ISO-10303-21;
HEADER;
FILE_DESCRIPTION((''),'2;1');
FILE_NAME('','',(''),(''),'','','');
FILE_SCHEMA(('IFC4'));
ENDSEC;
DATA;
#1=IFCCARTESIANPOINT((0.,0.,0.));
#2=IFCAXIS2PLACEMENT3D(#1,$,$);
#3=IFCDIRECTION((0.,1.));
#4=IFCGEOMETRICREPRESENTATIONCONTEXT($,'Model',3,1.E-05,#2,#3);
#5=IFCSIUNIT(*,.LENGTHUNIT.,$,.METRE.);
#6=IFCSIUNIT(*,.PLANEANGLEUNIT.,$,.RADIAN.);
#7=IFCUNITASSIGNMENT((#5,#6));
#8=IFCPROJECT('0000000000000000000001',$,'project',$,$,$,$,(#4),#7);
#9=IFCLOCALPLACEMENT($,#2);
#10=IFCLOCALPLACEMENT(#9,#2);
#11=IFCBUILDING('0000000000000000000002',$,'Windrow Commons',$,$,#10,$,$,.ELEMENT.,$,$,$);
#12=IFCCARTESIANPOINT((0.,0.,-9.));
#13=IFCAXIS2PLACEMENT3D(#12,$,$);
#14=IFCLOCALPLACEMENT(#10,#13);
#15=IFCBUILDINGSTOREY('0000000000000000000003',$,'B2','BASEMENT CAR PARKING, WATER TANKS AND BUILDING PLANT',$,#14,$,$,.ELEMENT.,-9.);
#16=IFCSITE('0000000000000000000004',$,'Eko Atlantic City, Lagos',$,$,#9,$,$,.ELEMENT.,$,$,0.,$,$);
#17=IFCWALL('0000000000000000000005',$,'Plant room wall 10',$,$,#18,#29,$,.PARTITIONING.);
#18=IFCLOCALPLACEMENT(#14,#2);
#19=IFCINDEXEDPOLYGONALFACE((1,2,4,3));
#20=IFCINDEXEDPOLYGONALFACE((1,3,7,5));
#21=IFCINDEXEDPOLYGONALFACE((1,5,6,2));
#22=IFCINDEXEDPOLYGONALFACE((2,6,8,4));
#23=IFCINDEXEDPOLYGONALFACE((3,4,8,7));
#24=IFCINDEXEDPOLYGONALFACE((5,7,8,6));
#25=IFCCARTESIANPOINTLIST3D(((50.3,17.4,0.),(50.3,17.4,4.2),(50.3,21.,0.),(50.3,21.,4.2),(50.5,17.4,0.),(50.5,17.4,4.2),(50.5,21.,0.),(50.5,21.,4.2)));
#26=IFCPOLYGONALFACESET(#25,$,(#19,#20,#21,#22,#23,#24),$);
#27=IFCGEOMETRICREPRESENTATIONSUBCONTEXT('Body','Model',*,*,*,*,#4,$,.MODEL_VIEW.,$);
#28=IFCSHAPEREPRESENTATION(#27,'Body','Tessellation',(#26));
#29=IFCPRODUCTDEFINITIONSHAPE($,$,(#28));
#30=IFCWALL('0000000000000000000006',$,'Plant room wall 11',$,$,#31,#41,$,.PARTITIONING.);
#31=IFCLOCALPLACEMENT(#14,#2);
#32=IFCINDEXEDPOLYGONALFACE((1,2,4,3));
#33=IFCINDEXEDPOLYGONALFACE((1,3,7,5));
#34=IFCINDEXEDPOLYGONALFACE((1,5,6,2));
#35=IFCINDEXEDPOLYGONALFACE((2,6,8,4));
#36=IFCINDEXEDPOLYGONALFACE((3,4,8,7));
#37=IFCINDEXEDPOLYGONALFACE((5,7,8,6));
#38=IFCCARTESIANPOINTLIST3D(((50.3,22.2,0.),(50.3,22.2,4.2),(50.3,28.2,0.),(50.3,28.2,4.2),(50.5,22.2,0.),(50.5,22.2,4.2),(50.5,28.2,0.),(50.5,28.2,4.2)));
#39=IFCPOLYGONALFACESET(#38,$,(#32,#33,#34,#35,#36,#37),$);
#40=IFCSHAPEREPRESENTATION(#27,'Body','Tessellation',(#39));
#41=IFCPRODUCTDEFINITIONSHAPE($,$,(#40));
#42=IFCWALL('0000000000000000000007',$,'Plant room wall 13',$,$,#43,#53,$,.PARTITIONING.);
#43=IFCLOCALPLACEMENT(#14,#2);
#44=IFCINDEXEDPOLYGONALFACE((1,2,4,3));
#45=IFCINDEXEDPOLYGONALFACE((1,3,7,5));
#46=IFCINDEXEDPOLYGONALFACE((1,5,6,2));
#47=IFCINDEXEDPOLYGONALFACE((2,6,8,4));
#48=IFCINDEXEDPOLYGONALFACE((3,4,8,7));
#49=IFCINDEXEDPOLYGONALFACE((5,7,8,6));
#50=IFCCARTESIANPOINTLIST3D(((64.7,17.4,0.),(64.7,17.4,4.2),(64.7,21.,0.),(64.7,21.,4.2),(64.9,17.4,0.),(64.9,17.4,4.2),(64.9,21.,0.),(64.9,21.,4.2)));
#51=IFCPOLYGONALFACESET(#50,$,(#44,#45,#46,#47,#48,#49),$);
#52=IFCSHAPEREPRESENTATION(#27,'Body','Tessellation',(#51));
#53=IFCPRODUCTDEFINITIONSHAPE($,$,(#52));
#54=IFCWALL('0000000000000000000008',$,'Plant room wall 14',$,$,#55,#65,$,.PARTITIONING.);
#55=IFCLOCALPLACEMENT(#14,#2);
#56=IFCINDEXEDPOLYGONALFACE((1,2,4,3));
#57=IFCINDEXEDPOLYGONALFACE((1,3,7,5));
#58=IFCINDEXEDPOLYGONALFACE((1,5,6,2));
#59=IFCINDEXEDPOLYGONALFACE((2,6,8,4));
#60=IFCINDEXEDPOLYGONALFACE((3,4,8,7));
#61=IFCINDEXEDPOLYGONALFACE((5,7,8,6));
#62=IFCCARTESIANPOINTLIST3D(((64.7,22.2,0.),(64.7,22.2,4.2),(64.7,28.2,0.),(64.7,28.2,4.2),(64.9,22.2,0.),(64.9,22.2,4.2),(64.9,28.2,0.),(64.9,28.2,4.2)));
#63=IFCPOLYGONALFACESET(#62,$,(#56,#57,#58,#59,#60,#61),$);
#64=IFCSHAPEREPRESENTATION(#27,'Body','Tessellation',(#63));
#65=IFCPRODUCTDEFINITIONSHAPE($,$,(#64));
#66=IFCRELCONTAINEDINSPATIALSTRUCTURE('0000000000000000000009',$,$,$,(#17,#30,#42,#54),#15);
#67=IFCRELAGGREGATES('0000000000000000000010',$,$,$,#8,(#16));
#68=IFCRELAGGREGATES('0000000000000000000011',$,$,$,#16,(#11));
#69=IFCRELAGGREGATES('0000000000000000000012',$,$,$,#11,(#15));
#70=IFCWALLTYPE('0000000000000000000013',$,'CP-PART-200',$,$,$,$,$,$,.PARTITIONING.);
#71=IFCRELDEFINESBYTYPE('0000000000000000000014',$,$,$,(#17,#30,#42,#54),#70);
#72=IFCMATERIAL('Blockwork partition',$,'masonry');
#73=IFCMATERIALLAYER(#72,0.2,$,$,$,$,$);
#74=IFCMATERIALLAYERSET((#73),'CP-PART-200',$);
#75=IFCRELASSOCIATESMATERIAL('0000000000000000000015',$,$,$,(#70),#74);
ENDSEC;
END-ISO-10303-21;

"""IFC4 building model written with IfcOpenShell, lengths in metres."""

from ifc_helpers import new_model, si_unit, direction, frame, frame_2d, origin, place, context, subcontext, project, spatial, rectangle, extrude, material, layer, layer_set, type_object, element, save


model = new_model("IFC4")

# Units and contexts
model_context = context("Model", 3, precision=1e-05, world=origin(), true_north=direction((0.0, 1.0)))
body_context = subcontext(model_context, "Body", "Model", "MODEL_VIEW")
ifc_project = project(units=[si_unit("LENGTHUNIT", "METRE"), si_unit("PLANEANGLEUNIT", "RADIAN")], contexts=[model_context])

# Site, building, storey
site_placement = place(None, origin())
site = spatial("IfcSite", under=ifc_project, at=site_placement, Name="Eko Atlantic City, Lagos", CompositionType="ELEMENT", RefElevation=0.0)
building_placement = place(site_placement, origin())
building = spatial("IfcBuilding", under=site, at=building_placement, Name="Windrow Commons", CompositionType="ELEMENT")
storey_placement = place(building_placement, frame((0.0, 0.0, -9.0)))
storey = spatial("IfcBuildingStorey", under=building, at=storey_placement, Name="B2", Description="BASEMENT CAR PARKING, WATER TANKS AND BUILDING PLANT", CompositionType="ELEMENT", Elevation=-9.0)

# Walls
ifc_material_1 = material(Name="Blockwork partition", Category="masonry")
ifc_layer = layer(ifc_material_1, 0.2)
ifc_layer_set = layer_set([ifc_layer], Name="CP-PART-200")
wall_type = type_object("IfcWallType", Name="CP-PART-200", PredefinedType="PARTITIONING", material=ifc_layer_set)
wall_1_placement = place(storey_placement, frame((50.4, 17.4, 0.0), z_axis=(0.0, 0.0, 1.0), x_axis=(0.0, 1.0, 0.0)))
element("IfcWall", 1, at=wall_1_placement, inside=storey, type_object=wall_type, Name="Plant room wall 10", PredefinedType="PARTITIONING", context=body_context, shape_type="SweptSolid", body=[
    extrude(rectangle(XDim=3.6, YDim=0.2, at=frame_2d((1.8, 0.0))), origin(), (0.0, 0.0, 1.0), 4.2),
])
wall_2_placement = place(storey_placement, frame((50.4, 22.2, 0.0), z_axis=(0.0, 0.0, 1.0), x_axis=(0.0, 1.0, 0.0)))
element("IfcWall", 2, at=wall_2_placement, inside=storey, type_object=wall_type, Name="Plant room wall 11", PredefinedType="PARTITIONING", context=body_context, shape_type="SweptSolid", body=[
    extrude(rectangle(XDim=6.0, YDim=0.2, at=frame_2d((3.0, 0.0))), origin(), (0.0, 0.0, 1.0), 4.2),
])
wall_3_placement = place(storey_placement, frame((64.8, 17.4, 0.0), z_axis=(0.0, 0.0, 1.0), x_axis=(0.0, 1.0, 0.0)))
element("IfcWall", 3, at=wall_3_placement, inside=storey, type_object=wall_type, Name="Plant room wall 13", PredefinedType="PARTITIONING", context=body_context, shape_type="SweptSolid", body=[
    extrude(rectangle(XDim=3.6, YDim=0.2, at=frame_2d((1.8, 0.0))), origin(), (0.0, 0.0, 1.0), 4.2),
])
wall_4_placement = place(storey_placement, frame((64.8, 22.2, 0.0), z_axis=(0.0, 0.0, 1.0), x_axis=(0.0, 1.0, 0.0)))
element("IfcWall", 4, at=wall_4_placement, inside=storey, type_object=wall_type, Name="Plant room wall 14", PredefinedType="PARTITIONING", context=body_context, shape_type="SweptSolid", body=[
    extrude(rectangle(XDim=6.0, YDim=0.2, at=frame_2d((3.0, 0.0))), origin(), (0.0, 0.0, 1.0), 4.2),
])

save(model, "model.ifc")
